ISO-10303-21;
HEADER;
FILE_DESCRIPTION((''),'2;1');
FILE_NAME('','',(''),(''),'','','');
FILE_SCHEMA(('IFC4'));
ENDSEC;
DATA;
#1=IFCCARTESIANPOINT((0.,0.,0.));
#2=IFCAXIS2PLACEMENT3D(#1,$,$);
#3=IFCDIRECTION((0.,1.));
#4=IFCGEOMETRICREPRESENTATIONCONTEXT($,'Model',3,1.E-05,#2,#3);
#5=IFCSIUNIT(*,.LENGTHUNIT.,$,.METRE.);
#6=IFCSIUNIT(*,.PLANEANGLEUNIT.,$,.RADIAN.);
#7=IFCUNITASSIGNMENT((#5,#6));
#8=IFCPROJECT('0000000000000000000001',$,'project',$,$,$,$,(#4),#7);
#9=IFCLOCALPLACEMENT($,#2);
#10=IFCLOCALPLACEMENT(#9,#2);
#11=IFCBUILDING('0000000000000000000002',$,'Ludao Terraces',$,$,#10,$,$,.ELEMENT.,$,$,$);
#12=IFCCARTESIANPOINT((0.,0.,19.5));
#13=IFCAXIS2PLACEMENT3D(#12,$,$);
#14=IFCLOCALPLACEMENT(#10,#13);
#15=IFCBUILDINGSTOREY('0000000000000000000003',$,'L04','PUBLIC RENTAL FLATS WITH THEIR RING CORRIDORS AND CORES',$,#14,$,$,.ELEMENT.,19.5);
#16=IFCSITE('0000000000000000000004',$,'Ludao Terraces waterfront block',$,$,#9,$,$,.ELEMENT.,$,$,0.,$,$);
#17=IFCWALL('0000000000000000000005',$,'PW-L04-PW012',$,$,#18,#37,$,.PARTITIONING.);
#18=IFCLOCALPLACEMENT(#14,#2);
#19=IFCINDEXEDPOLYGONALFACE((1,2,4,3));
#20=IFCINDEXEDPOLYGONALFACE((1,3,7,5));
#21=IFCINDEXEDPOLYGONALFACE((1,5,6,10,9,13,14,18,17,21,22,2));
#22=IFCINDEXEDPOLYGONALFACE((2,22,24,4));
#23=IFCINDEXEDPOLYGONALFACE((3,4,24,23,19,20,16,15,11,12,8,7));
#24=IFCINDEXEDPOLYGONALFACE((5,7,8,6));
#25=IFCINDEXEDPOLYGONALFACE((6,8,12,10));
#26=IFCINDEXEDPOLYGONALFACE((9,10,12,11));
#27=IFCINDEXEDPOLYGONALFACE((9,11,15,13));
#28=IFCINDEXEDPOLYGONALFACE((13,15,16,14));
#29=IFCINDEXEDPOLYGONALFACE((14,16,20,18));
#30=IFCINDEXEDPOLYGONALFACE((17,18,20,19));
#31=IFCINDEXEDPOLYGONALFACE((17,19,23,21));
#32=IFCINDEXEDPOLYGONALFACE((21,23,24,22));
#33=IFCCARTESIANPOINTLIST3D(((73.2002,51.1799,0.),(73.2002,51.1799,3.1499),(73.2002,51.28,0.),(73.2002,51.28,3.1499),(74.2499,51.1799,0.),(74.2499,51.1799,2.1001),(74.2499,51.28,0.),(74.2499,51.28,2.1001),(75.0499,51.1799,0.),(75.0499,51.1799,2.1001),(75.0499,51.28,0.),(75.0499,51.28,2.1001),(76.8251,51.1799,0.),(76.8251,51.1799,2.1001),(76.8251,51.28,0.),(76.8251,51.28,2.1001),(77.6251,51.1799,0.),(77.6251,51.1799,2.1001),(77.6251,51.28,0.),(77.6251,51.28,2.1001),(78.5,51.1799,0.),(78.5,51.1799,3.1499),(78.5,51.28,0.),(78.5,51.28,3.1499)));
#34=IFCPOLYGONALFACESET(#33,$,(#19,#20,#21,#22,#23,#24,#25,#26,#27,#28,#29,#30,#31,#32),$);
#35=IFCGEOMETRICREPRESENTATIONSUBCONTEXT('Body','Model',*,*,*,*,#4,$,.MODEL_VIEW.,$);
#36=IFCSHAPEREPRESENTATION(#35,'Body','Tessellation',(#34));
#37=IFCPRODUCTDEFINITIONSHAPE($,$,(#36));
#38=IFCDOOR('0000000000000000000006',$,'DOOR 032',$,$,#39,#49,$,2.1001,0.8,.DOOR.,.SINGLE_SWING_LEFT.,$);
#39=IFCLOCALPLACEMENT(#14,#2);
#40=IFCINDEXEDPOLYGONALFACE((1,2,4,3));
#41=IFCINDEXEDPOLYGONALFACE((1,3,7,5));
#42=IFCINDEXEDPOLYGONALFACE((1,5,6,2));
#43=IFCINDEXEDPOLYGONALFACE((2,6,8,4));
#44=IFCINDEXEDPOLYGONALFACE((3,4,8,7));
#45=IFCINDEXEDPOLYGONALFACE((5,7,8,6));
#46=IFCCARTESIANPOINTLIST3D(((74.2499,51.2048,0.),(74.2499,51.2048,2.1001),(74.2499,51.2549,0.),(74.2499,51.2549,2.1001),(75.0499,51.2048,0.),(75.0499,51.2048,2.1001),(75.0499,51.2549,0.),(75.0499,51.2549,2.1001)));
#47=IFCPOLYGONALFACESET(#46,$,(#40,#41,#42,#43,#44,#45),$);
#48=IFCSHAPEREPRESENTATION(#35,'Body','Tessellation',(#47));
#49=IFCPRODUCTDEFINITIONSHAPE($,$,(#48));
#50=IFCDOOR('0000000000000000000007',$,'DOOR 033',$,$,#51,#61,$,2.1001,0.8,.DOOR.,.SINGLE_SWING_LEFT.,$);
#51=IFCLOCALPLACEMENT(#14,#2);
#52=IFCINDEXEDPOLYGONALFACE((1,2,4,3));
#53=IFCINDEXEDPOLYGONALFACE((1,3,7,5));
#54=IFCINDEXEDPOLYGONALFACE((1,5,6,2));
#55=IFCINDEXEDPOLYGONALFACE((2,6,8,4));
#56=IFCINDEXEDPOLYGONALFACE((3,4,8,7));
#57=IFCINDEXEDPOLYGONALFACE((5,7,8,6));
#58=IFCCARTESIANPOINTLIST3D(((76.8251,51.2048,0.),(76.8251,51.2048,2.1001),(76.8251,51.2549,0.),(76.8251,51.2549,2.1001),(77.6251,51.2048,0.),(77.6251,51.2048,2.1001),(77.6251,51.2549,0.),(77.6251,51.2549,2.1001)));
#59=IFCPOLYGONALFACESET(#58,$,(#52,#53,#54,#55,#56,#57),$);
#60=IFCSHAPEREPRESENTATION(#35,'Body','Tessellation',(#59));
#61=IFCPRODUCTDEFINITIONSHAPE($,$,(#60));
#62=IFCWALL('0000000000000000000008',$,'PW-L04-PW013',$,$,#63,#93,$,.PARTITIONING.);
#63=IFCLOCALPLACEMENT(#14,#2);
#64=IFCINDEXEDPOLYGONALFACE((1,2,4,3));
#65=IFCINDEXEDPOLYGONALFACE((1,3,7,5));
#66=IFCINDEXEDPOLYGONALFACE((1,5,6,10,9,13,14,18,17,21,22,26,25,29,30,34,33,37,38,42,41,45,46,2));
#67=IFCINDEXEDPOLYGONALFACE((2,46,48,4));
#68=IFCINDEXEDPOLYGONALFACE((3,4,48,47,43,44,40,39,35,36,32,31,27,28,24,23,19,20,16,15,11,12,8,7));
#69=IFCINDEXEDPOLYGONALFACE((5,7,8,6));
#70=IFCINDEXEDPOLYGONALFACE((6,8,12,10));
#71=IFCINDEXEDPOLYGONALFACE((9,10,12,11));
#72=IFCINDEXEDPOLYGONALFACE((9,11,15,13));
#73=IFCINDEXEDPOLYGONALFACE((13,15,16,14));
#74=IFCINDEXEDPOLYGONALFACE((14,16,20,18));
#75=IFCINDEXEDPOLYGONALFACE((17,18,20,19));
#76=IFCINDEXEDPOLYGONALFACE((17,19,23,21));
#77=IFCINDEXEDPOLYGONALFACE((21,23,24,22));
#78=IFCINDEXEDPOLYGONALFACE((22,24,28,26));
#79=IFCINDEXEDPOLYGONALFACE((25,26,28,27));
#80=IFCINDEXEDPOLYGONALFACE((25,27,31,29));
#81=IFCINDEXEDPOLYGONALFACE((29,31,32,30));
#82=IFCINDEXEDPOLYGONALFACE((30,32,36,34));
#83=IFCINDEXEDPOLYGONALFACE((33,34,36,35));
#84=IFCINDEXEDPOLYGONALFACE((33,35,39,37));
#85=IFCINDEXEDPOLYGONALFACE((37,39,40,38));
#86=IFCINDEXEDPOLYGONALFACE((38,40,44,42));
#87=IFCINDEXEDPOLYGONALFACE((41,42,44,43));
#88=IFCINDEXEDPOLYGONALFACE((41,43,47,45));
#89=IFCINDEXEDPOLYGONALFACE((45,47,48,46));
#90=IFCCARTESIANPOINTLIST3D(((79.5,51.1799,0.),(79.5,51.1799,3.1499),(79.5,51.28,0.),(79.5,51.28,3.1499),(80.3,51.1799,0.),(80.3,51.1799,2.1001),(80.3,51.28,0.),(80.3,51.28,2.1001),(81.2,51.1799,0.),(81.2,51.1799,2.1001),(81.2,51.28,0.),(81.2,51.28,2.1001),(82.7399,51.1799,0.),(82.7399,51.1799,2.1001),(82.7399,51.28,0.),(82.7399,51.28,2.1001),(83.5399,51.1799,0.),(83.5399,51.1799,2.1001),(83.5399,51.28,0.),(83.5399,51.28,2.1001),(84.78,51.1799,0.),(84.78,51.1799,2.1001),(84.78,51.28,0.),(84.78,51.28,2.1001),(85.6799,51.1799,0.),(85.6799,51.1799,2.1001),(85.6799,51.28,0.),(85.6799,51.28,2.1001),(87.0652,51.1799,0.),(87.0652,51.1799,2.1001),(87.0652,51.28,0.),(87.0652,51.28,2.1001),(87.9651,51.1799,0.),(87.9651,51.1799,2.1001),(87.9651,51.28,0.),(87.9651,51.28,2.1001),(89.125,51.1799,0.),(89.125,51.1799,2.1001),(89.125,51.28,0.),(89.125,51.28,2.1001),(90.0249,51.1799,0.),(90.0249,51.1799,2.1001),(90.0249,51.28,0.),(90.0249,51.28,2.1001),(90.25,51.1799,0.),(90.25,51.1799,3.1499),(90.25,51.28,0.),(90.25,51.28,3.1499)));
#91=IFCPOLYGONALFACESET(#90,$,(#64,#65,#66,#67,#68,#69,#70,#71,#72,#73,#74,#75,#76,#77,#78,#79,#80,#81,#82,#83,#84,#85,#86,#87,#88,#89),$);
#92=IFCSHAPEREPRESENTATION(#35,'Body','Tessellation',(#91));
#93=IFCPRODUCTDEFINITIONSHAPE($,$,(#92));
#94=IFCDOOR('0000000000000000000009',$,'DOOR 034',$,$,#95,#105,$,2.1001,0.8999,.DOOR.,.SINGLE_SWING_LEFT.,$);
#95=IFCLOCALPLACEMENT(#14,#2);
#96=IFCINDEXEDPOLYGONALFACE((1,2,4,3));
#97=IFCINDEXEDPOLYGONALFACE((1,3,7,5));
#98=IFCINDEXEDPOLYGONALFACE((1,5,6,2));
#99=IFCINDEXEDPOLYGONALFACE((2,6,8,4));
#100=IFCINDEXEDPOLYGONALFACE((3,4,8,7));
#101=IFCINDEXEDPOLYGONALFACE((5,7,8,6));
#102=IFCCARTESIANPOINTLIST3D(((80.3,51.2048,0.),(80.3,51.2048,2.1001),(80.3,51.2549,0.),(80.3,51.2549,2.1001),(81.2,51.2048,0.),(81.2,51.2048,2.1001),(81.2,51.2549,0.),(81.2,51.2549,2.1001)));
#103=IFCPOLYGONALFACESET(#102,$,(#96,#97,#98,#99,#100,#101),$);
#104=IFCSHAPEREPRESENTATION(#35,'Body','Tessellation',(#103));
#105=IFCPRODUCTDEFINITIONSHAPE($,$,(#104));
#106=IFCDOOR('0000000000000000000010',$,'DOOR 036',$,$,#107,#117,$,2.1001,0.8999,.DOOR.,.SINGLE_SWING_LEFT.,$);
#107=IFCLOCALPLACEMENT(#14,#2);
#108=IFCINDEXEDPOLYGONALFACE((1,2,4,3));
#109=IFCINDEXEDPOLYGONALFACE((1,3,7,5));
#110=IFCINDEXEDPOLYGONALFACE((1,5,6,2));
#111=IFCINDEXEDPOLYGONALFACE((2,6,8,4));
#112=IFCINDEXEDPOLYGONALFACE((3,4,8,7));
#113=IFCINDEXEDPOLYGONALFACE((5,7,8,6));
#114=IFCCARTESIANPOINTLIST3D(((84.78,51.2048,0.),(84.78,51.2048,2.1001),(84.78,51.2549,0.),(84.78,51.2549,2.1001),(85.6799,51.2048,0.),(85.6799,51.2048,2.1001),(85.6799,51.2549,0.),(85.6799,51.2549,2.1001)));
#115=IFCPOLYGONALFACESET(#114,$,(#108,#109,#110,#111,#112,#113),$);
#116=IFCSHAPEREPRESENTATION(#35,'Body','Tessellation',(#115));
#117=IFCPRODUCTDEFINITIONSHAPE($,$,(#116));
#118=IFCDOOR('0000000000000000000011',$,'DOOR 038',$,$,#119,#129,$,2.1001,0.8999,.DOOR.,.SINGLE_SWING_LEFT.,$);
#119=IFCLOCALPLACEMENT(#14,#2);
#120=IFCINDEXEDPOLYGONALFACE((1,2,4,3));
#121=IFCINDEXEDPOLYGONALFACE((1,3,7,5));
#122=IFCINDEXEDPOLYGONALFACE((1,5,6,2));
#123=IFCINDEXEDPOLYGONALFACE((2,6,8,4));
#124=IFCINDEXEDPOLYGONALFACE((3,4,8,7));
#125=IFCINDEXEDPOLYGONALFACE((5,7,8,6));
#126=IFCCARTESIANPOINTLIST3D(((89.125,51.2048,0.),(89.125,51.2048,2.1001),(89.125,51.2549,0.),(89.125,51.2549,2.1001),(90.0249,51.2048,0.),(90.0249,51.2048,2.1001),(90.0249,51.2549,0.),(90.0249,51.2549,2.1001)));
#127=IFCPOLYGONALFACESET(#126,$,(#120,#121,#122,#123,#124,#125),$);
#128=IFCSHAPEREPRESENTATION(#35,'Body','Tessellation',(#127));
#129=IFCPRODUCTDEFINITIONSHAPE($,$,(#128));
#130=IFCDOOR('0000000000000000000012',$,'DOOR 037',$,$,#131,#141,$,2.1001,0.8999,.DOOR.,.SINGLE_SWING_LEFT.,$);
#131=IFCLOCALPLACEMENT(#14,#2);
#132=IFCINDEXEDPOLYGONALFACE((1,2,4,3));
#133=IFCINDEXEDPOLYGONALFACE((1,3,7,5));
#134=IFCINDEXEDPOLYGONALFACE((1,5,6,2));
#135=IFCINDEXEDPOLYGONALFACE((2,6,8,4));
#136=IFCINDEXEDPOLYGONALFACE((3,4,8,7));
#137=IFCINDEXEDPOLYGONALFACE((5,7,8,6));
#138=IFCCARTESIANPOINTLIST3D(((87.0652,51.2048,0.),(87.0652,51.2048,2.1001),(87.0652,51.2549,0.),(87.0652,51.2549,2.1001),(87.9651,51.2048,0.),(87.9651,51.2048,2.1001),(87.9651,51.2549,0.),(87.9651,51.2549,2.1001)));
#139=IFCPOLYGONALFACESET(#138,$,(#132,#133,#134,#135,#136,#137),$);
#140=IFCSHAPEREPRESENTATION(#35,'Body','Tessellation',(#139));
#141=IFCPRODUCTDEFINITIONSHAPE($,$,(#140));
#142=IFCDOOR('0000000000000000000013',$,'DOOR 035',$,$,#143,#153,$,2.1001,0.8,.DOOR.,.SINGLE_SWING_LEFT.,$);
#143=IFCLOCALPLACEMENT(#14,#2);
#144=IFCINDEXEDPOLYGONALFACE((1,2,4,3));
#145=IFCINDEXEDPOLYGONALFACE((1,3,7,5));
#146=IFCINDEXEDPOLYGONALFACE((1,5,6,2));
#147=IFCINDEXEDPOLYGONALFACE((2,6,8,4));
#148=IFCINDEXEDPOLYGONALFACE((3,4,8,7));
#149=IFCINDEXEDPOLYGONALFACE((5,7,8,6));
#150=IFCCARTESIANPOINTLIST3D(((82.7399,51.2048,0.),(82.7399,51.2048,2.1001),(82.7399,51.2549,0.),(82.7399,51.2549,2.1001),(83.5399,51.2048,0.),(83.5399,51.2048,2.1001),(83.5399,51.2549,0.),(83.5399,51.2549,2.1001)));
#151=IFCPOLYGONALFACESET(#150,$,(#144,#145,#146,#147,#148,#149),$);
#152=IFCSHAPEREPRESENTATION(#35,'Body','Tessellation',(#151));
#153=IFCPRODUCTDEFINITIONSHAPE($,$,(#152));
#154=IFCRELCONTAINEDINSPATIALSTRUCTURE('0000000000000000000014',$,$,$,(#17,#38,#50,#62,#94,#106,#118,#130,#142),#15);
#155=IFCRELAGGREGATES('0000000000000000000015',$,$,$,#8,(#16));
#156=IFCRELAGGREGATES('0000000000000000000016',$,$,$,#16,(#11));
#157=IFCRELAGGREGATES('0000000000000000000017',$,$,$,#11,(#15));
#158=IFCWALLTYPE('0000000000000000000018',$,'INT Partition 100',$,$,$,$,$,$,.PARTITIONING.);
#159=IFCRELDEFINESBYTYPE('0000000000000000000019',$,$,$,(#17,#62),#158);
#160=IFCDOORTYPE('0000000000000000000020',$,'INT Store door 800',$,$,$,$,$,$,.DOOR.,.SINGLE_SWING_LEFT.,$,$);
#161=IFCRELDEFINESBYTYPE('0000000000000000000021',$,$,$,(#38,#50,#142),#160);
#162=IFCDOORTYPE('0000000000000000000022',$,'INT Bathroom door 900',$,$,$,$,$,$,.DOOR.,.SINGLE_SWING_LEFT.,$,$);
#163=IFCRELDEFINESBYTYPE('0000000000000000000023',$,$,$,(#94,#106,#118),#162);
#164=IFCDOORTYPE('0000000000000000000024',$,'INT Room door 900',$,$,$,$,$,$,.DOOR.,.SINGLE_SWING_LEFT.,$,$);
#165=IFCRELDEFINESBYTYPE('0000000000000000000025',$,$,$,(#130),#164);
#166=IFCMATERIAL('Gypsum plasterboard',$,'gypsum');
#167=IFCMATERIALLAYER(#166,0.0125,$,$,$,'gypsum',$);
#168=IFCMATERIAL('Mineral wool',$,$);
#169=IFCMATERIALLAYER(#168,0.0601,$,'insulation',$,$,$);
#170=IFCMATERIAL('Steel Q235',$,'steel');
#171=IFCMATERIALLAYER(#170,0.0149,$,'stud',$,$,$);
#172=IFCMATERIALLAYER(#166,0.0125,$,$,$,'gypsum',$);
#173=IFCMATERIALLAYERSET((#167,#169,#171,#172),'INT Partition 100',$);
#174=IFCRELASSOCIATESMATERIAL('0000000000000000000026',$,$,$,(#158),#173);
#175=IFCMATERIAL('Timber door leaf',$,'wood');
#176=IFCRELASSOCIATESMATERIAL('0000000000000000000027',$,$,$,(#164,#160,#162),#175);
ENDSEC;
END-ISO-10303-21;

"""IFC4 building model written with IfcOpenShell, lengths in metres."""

from ifc_helpers import new_model, si_unit, direction, frame, frame_2d, origin, place, context, subcontext, project, spatial, rectangle, extrude, material, layer, layer_set, type_object, element, fill, save


model = new_model("IFC4")

# Units and contexts
model_context = context("Model", 3, precision=1e-05, world=origin(), true_north=direction((0.0, 1.0)))
body_context = subcontext(model_context, "Body", "Model", "MODEL_VIEW")
ifc_project = project(units=[si_unit("LENGTHUNIT", "METRE"), si_unit("PLANEANGLEUNIT", "RADIAN")], contexts=[model_context])

# Site, building, storey
site_placement = place(None, origin())
site = spatial("IfcSite", under=ifc_project, at=site_placement, Name="Ludao Terraces waterfront block", CompositionType="ELEMENT", RefElevation=0.0)
building_placement = place(site_placement, origin())
building = spatial("IfcBuilding", under=site, at=building_placement, Name="Ludao Terraces", CompositionType="ELEMENT")
storey_placement = place(building_placement, frame((0.0, 0.0, 19.5)))
storey = spatial("IfcBuildingStorey", under=building, at=storey_placement, Name="L04", Description="PUBLIC RENTAL FLATS WITH THEIR RING CORRIDORS AND CORES", CompositionType="ELEMENT", Elevation=19.5)

# Walls, openings, doors
ifc_material_1 = material(Name="Gypsum plasterboard", Category="gypsum")
ifc_layer_1 = layer(ifc_material_1, 0.0125, Category="gypsum")
ifc_material_2 = material(Name="Mineral wool")
ifc_layer_2 = layer(ifc_material_2, 0.0601, Name="insulation")
ifc_material_3 = material(Name="Steel Q235", Category="steel")
ifc_layer_3 = layer(ifc_material_3, 0.0149, Name="stud")
ifc_layer_4 = layer(ifc_material_1, 0.0125, Category="gypsum")
ifc_layer_set = layer_set([ifc_layer_1, ifc_layer_2, ifc_layer_3, ifc_layer_4], Name="INT Partition 100")
wall_type = type_object("IfcWallType", Name="INT Partition 100", PredefinedType="PARTITIONING", material=ifc_layer_set)
ifc_material_4 = material(Name="Timber door leaf", Category="wood")
door_type_1 = type_object("IfcDoorType", Name="INT Room door 900", OperationType="SINGLE_SWING_LEFT", PredefinedType="DOOR", material=ifc_material_4)
wall_1_placement = place(storey_placement, frame((73.2002, 51.23, 0.0), z_axis=(0.0, 0.0, 1.0), x_axis=(1.0, 0.0, 0.0)))
wall_1 = element("IfcWall", 1, at=wall_1_placement, inside=storey, type_object=wall_type, Name="PW-L04-PW012", PredefinedType="PARTITIONING", context=body_context, shape_type="SweptSolid", body=[
    extrude(rectangle(XDim=5.2998, YDim=0.1001, at=frame_2d((2.6499, 0.0))), origin(), (0.0, 0.0, 1.0), 3.1499),
])
opening_1_placement = place(wall_1_placement, frame((1.0498, 0.0, 0.0)))
opening_1 = element("IfcOpeningElement", 2, at=opening_1_placement, cuts=wall_1, PredefinedType="OPENING", context=body_context, shape_type="SweptSolid", body=[
    extrude(rectangle(XDim=0.8, YDim=2.1001, at=frame_2d((0.3999, 1.05))), frame((0.0, 0.0601, 0.0), z_axis=(0.0, -1.0, 0.0), x_axis=(1.0, 0.0, 0.0)), (0.0, 0.0, 1.0), 0.1201),
])
opening_2_placement = place(wall_1_placement, frame((3.625, 0.0, 0.0)))
opening_2 = element("IfcOpeningElement", 3, at=opening_2_placement, cuts=wall_1, PredefinedType="OPENING", context=body_context, shape_type="SweptSolid", body=[
    extrude(rectangle(XDim=0.8, YDim=2.1001, at=frame_2d((0.3999, 1.05))), frame((0.0, 0.0601, 0.0), z_axis=(0.0, -1.0, 0.0), x_axis=(1.0, 0.0, 0.0)), (0.0, 0.0, 1.0), 0.1201),
])
door_type_2 = type_object("IfcDoorType", Name="INT Store door 800", OperationType="SINGLE_SWING_LEFT", PredefinedType="DOOR", material=ifc_material_4)
door_1_placement = place(opening_1_placement, origin())
door_1 = element("IfcDoor", 4, at=door_1_placement, inside=storey, type_object=door_type_2, Name="DOOR 032", OperationType="SINGLE_SWING_LEFT", OverallHeight=2.1001, OverallWidth=0.8, PredefinedType="DOOR", context=body_context, shape_type="SweptSolid", body=[
    extrude(rectangle(XDim=0.8, YDim=2.1001, at=frame_2d((0.3999, 1.05))), frame((0.0, 0.0249, 0.0), z_axis=(0.0, -1.0, 0.0), x_axis=(1.0, 0.0, 0.0)), (0.0, 0.0, 1.0), 0.05),
])
fill(opening_1, door_1)
door_2_placement = place(opening_2_placement, origin())
door_2 = element("IfcDoor", 5, at=door_2_placement, inside=storey, type_object=door_type_2, Name="DOOR 033", OperationType="SINGLE_SWING_LEFT", OverallHeight=2.1001, OverallWidth=0.8, PredefinedType="DOOR", context=body_context, shape_type="SweptSolid", body=[
    extrude(rectangle(XDim=0.8, YDim=2.1001, at=frame_2d((0.3999, 1.05))), frame((0.0, 0.0249, 0.0), z_axis=(0.0, -1.0, 0.0), x_axis=(1.0, 0.0, 0.0)), (0.0, 0.0, 1.0), 0.05),
])
fill(opening_2, door_2)
wall_2_placement = place(storey_placement, frame((79.5, 51.23, 0.0), z_axis=(0.0, 0.0, 1.0), x_axis=(1.0, 0.0, 0.0)))
wall_2 = element("IfcWall", 6, at=wall_2_placement, inside=storey, type_object=wall_type, Name="PW-L04-PW013", PredefinedType="PARTITIONING", context=body_context, shape_type="SweptSolid", body=[
    extrude(rectangle(XDim=10.75, YDim=0.1001, at=frame_2d((5.375, 0.0))), origin(), (0.0, 0.0, 1.0), 3.1499),
])
opening_3_placement = place(wall_2_placement, frame((0.8, 0.0, 0.0)))
opening_3 = element("IfcOpeningElement", 7, at=opening_3_placement, cuts=wall_2, PredefinedType="OPENING", context=body_context, shape_type="SweptSolid", body=[
    extrude(rectangle(XDim=0.8999, YDim=2.1001, at=frame_2d((0.45, 1.05))), frame((0.0, 0.0601, 0.0), z_axis=(0.0, -1.0, 0.0), x_axis=(1.0, 0.0, 0.0)), (0.0, 0.0, 1.0), 0.1201),
])
opening_4_placement = place(wall_2_placement, frame((3.24, 0.0, 0.0)))
opening_4 = element("IfcOpeningElement", 8, at=opening_4_placement, cuts=wall_2, PredefinedType="OPENING", context=body_context, shape_type="SweptSolid", body=[
    extrude(rectangle(XDim=0.8, YDim=2.1001, at=frame_2d((0.3999, 1.05))), frame((0.0, 0.0601, 0.0), z_axis=(0.0, -1.0, 0.0), x_axis=(1.0, 0.0, 0.0)), (0.0, 0.0, 1.0), 0.1201),
])
opening_5_placement = place(wall_2_placement, frame((5.28, 0.0, 0.0)))
opening_5 = element("IfcOpeningElement", 9, at=opening_5_placement, cuts=wall_2, PredefinedType="OPENING", context=body_context, shape_type="SweptSolid", body=[
    extrude(rectangle(XDim=0.8999, YDim=2.1001, at=frame_2d((0.45, 1.05))), frame((0.0, 0.0601, 0.0), z_axis=(0.0, -1.0, 0.0), x_axis=(1.0, 0.0, 0.0)), (0.0, 0.0, 1.0), 0.1201),
])
opening_6_placement = place(wall_2_placement, frame((7.5652, 0.0, 0.0)))
opening_6 = element("IfcOpeningElement", 10, at=opening_6_placement, cuts=wall_2, PredefinedType="OPENING", context=body_context, shape_type="SweptSolid", body=[
    extrude(rectangle(XDim=0.8999, YDim=2.1001, at=frame_2d((0.45, 1.05))), frame((0.0, 0.0601, 0.0), z_axis=(0.0, -1.0, 0.0), x_axis=(1.0, 0.0, 0.0)), (0.0, 0.0, 1.0), 0.1201),
])
opening_7_placement = place(wall_2_placement, frame((9.625, 0.0, 0.0)))
opening_7 = element("IfcOpeningElement", 11, at=opening_7_placement, cuts=wall_2, PredefinedType="OPENING", context=body_context, shape_type="SweptSolid", body=[
    extrude(rectangle(XDim=0.8999, YDim=2.1001, at=frame_2d((0.45, 1.05))), frame((0.0, 0.0601, 0.0), z_axis=(0.0, -1.0, 0.0), x_axis=(1.0, 0.0, 0.0)), (0.0, 0.0, 1.0), 0.1201),
])
door_type_3 = type_object("IfcDoorType", Name="INT Bathroom door 900", OperationType="SINGLE_SWING_LEFT", PredefinedType="DOOR", material=ifc_material_4)
door_3_placement = place(opening_3_placement, origin())
door_3 = element("IfcDoor", 12, at=door_3_placement, inside=storey, type_object=door_type_3, Name="DOOR 034", OperationType="SINGLE_SWING_LEFT", OverallHeight=2.1001, OverallWidth=0.8999, PredefinedType="DOOR", context=body_context, shape_type="SweptSolid", body=[
    extrude(rectangle(XDim=0.8999, YDim=2.1001, at=frame_2d((0.45, 1.05))), frame((0.0, 0.0249, 0.0), z_axis=(0.0, -1.0, 0.0), x_axis=(1.0, 0.0, 0.0)), (0.0, 0.0, 1.0), 0.05),
])
fill(opening_3, door_3)
door_4_placement = place(opening_5_placement, origin())
door_4 = element("IfcDoor", 13, at=door_4_placement, inside=storey, type_object=door_type_3, Name="DOOR 036", OperationType="SINGLE_SWING_LEFT", OverallHeight=2.1001, OverallWidth=0.8999, PredefinedType="DOOR", context=body_context, shape_type="SweptSolid", body=[
    extrude(rectangle(XDim=0.8999, YDim=2.1001, at=frame_2d((0.45, 1.05))), frame((0.0, 0.0249, 0.0), z_axis=(0.0, -1.0, 0.0), x_axis=(1.0, 0.0, 0.0)), (0.0, 0.0, 1.0), 0.05),
])
fill(opening_5, door_4)
door_5_placement = place(opening_7_placement, origin())
door_5 = element("IfcDoor", 14, at=door_5_placement, inside=storey, type_object=door_type_3, Name="DOOR 038", OperationType="SINGLE_SWING_LEFT", OverallHeight=2.1001, OverallWidth=0.8999, PredefinedType="DOOR", context=body_context, shape_type="SweptSolid", body=[
    extrude(rectangle(XDim=0.8999, YDim=2.1001, at=frame_2d((0.45, 1.05))), frame((0.0, 0.0249, 0.0), z_axis=(0.0, -1.0, 0.0), x_axis=(1.0, 0.0, 0.0)), (0.0, 0.0, 1.0), 0.05),
])
fill(opening_7, door_5)
door_6_placement = place(opening_6_placement, origin())
door_6 = element("IfcDoor", 15, at=door_6_placement, inside=storey, type_object=door_type_1, Name="DOOR 037", OperationType="SINGLE_SWING_LEFT", OverallHeight=2.1001, OverallWidth=0.8999, PredefinedType="DOOR", context=body_context, shape_type="SweptSolid", body=[
    extrude(rectangle(XDim=0.8999, YDim=2.1001, at=frame_2d((0.45, 1.05))), frame((0.0, 0.0249, 0.0), z_axis=(0.0, -1.0, 0.0), x_axis=(1.0, 0.0, 0.0)), (0.0, 0.0, 1.0), 0.05),
])
fill(opening_6, door_6)
door_7_placement = place(opening_4_placement, origin())
door_7 = element("IfcDoor", 16, at=door_7_placement, inside=storey, type_object=door_type_2, Name="DOOR 035", OperationType="SINGLE_SWING_LEFT", OverallHeight=2.1001, OverallWidth=0.8, PredefinedType="DOOR", context=body_context, shape_type="SweptSolid", body=[
    extrude(rectangle(XDim=0.8, YDim=2.1001, at=frame_2d((0.3999, 1.05))), frame((0.0, 0.0249, 0.0), z_axis=(0.0, -1.0, 0.0), x_axis=(1.0, 0.0, 0.0)), (0.0, 0.0, 1.0), 0.05),
])
fill(opening_4, door_7)

save(model, "model.ifc")
